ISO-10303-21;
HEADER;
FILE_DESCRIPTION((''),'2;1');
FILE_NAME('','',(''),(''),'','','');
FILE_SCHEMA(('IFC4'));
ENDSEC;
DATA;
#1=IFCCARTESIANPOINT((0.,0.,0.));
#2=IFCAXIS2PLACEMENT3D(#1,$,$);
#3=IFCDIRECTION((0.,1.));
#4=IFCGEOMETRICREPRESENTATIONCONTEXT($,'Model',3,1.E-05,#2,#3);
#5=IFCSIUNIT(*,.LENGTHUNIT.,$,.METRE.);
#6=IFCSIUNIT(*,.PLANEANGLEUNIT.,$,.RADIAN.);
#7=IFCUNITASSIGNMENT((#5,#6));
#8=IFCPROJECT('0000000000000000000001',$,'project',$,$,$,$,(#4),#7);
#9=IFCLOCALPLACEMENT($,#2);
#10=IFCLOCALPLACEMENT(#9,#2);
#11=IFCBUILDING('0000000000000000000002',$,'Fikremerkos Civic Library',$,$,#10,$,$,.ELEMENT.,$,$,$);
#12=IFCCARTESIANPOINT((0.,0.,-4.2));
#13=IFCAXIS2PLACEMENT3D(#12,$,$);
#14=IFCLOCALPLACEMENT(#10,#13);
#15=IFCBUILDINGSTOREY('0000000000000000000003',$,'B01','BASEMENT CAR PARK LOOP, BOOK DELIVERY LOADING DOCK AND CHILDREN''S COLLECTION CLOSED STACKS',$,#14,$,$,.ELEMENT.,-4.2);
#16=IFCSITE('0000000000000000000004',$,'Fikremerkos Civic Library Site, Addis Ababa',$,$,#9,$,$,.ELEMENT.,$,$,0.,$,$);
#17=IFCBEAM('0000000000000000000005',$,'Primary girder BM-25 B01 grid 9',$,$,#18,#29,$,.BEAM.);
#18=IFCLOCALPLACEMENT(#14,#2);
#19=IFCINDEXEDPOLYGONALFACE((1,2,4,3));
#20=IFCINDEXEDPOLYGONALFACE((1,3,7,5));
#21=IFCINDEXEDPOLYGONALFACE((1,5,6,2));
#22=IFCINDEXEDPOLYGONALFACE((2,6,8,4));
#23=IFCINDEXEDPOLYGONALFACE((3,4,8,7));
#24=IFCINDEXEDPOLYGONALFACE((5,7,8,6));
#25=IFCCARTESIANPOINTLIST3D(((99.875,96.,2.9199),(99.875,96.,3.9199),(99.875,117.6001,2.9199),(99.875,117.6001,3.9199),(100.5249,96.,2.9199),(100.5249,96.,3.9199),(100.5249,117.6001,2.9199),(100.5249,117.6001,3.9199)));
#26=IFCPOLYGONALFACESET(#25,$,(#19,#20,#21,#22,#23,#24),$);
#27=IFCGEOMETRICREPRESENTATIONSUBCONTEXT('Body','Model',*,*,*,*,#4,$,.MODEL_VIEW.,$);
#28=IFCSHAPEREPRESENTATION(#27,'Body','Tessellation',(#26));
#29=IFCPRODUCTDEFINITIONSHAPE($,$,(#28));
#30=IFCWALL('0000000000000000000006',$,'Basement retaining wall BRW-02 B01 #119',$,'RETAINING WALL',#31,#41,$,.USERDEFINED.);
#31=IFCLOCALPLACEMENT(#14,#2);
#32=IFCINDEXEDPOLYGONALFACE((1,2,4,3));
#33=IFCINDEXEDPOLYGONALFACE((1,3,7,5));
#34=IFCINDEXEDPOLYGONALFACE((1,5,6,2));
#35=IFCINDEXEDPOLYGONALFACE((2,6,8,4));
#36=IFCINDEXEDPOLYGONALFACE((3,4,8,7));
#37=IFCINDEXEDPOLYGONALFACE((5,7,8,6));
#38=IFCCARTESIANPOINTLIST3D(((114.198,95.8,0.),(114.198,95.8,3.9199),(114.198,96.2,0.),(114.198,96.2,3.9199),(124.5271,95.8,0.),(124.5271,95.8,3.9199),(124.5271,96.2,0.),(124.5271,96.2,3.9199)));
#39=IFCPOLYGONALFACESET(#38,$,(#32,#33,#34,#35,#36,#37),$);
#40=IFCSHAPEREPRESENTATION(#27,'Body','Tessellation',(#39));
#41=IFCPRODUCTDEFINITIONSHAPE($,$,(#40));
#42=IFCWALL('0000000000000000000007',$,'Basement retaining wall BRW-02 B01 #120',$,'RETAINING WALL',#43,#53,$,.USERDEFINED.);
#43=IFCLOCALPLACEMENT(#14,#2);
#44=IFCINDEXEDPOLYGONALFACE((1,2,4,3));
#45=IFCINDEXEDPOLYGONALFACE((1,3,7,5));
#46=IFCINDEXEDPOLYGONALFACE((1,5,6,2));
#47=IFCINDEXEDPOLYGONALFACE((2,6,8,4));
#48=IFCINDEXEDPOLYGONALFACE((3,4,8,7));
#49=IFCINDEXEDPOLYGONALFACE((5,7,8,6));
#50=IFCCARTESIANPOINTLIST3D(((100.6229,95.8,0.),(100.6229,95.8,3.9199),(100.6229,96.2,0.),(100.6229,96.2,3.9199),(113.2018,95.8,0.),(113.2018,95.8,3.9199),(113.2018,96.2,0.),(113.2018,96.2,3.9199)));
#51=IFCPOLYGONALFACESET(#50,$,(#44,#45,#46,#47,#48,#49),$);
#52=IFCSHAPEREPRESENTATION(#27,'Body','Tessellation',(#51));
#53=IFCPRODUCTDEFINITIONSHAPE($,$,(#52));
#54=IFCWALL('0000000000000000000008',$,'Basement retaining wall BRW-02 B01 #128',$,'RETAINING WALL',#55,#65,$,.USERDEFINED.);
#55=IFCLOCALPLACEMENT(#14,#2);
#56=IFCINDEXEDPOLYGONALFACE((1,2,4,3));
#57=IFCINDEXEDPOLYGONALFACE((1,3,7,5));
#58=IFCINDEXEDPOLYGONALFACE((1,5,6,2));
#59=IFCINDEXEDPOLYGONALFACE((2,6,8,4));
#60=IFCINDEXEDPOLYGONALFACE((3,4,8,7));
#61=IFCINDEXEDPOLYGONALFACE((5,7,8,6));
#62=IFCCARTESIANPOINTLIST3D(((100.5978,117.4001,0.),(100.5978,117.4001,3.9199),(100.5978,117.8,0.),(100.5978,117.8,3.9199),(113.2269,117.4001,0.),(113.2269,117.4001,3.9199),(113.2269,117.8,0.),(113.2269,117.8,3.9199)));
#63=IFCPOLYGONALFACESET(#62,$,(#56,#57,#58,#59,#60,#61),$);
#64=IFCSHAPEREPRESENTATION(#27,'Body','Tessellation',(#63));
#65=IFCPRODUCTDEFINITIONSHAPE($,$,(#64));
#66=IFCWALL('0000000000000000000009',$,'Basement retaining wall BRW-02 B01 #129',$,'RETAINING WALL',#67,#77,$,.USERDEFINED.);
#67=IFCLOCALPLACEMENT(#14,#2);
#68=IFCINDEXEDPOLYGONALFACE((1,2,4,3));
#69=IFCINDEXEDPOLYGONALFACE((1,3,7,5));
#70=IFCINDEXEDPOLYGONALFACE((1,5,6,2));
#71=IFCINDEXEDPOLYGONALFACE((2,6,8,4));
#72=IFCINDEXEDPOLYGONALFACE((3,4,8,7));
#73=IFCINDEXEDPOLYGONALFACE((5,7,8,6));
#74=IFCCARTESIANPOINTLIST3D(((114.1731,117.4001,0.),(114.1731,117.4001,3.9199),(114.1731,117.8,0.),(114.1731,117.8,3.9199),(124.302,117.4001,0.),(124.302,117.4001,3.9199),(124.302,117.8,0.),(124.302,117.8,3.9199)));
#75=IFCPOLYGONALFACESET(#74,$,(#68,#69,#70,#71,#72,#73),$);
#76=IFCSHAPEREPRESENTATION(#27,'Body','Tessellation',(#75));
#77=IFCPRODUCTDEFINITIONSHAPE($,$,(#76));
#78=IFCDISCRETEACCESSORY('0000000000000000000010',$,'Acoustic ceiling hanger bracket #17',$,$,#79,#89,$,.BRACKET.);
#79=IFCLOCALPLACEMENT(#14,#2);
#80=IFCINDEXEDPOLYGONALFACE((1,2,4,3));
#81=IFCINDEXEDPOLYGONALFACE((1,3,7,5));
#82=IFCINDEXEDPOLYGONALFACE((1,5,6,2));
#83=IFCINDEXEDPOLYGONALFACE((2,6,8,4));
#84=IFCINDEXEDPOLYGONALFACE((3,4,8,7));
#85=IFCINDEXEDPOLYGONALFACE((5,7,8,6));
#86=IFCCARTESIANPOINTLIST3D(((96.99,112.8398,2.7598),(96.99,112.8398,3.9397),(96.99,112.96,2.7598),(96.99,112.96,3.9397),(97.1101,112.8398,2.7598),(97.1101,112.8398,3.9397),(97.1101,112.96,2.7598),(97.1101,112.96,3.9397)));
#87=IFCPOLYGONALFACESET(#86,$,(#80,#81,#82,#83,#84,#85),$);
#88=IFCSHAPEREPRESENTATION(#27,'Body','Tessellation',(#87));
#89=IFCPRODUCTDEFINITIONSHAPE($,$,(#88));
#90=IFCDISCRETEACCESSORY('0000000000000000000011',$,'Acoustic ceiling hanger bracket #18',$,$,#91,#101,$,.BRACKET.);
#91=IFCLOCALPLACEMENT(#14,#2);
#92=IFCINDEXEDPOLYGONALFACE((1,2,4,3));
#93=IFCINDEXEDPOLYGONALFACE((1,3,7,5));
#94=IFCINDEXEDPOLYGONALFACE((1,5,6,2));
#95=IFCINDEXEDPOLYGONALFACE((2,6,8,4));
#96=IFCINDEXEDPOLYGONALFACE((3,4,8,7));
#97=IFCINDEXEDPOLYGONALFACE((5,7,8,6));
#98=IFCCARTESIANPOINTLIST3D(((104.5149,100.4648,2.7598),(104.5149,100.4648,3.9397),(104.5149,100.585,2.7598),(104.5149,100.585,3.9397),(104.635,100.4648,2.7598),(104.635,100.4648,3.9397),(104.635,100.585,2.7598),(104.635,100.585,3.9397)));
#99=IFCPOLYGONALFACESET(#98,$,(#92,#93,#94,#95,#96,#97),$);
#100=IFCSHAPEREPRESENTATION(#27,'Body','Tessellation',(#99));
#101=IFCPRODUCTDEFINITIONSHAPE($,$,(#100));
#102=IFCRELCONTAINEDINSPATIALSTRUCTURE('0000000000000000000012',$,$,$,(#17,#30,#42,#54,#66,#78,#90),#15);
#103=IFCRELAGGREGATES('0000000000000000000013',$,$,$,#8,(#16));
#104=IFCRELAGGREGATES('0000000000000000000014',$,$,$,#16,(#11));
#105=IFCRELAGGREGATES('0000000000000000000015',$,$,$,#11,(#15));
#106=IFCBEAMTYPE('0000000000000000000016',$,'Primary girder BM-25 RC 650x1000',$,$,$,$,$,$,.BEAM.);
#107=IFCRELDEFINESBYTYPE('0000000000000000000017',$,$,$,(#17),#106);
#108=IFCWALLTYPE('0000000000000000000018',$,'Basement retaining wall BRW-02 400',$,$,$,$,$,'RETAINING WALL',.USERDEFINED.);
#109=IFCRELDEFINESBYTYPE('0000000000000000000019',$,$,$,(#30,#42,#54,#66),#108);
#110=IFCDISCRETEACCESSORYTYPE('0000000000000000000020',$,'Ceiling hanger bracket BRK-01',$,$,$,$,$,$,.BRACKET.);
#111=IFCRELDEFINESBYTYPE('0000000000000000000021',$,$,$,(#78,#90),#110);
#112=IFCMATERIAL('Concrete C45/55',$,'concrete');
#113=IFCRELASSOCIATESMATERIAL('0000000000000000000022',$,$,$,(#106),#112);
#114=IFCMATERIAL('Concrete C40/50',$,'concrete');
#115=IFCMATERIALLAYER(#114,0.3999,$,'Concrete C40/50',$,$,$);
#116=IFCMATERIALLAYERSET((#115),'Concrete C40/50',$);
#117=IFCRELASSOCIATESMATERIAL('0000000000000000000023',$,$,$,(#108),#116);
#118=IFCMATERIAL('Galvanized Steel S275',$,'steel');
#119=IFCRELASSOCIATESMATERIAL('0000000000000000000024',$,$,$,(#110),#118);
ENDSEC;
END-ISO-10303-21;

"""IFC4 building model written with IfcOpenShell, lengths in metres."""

from ifc_helpers import new_model, si_unit, direction, frame, frame_2d, origin, origin_2d, place, context, subcontext, project, spatial, rectangle, extrude, material, layer, layer_set, material_profile, profile_set, type_object, element, save


model = new_model("IFC4")

# Units and contexts
model_context = context("Model", 3, precision=1e-05, world=origin(), true_north=direction((0.0, 1.0)))
body_context = subcontext(model_context, "Body", "Model", "MODEL_VIEW")
ifc_project = project(units=[si_unit("LENGTHUNIT", "METRE"), si_unit("PLANEANGLEUNIT", "RADIAN")], contexts=[model_context])

# Site, building, storey
site_placement = place(None, origin())
site = spatial("IfcSite", under=ifc_project, at=site_placement, Name="Fikremerkos Civic Library Site, Addis Ababa", CompositionType="ELEMENT", RefElevation=0.0)
building_placement = place(site_placement, origin())
building = spatial("IfcBuilding", under=site, at=building_placement, Name="Fikremerkos Civic Library", CompositionType="ELEMENT")
storey_placement = place(building_placement, frame((0.0, 0.0, -4.2)))
storey = spatial("IfcBuildingStorey", under=building, at=storey_placement, Name="B01", Description="BASEMENT CAR PARK LOOP, BOOK DELIVERY LOADING DOCK AND CHILDREN'S COLLECTION CLOSED STACKS", CompositionType="ELEMENT", Elevation=-4.2)

# Shared definitions
ifc_material_1 = material(Name="Concrete C45/55", Category="concrete")
ifc_material_2 = material(Name="Concrete C40/50", Category="concrete")

# Beam
ifc_material_profile_1 = material_profile(ifc_material_1, rectangle(XDim=0.6499, YDim=1.0, at=origin_2d()), Name="RC 650x1000")
ifc_profile_set_1 = profile_set([ifc_material_profile_1], Name="Concrete C45/55")
beam_type_1 = type_object("IfcBeamType", Name="Primary girder BM-25 RC 650x1000", PredefinedType="BEAM", material=ifc_profile_set_1)
beam_1_placement = place(storey_placement, frame((100.2, 96.0, 3.4199), z_axis=(0.0, 1.0, 0.0), x_axis=(-1.0, 0.0, 0.0)))
element("IfcBeam", 1, at=beam_1_placement, inside=storey, type_object=beam_type_1, Name="Primary girder BM-25 B01 grid 9", PredefinedType="BEAM", context=body_context, shape_type="SweptSolid", body=[
    extrude(rectangle(XDim=0.6499, YDim=1.0, at=origin_2d()), origin(), (0.0, 0.0, 1.0), 21.6001),
])

# Walls
ifc_layer = layer(ifc_material_2, 0.3999, Name="Concrete C40/50")
ifc_layer_set = layer_set([ifc_layer], Name="Concrete C40/50")
wall_type = type_object("IfcWallType", Name="Basement retaining wall BRW-02 400", ElementType="RETAINING WALL", PredefinedType="USERDEFINED", material=ifc_layer_set)
wall_1_placement = place(storey_placement, frame((124.5271, 96.0, 0.0), z_axis=(0.0, 0.0, 1.0), x_axis=(-1.0, 0.0, 0.0)))
element("IfcWall", 2, at=wall_1_placement, inside=storey, type_object=wall_type, Name="Basement retaining wall BRW-02 B01 #119", ObjectType="RETAINING WALL", PredefinedType="USERDEFINED", context=body_context, shape_type="SweptSolid", body=[
    extrude(rectangle(XDim=10.3291, YDim=0.3999, at=frame_2d((5.1646, 0.0))), origin(), (0.0, 0.0, 1.0), 3.9199),
])
wall_2_placement = place(storey_placement, frame((113.2019, 96.0, 0.0), z_axis=(0.0, 0.0, 1.0), x_axis=(-1.0, 0.0, 0.0)))
element("IfcWall", 3, at=wall_2_placement, inside=storey, type_object=wall_type, Name="Basement retaining wall BRW-02 B01 #120", ObjectType="RETAINING WALL", PredefinedType="USERDEFINED", context=body_context, shape_type="SweptSolid", body=[
    extrude(rectangle(XDim=12.5789, YDim=0.3999, at=frame_2d((6.2896, 0.0))), origin(), (0.0, 0.0, 1.0), 3.9199),
])
wall_3_placement = place(storey_placement, frame((100.5979, 117.6001, 0.0), z_axis=(0.0, 0.0, 1.0), x_axis=(1.0, 0.0, 0.0)))
element("IfcWall", 4, at=wall_3_placement, inside=storey, type_object=wall_type, Name="Basement retaining wall BRW-02 B01 #128", ObjectType="RETAINING WALL", PredefinedType="USERDEFINED", context=body_context, shape_type="SweptSolid", body=[
    extrude(rectangle(XDim=12.6292, YDim=0.3999, at=frame_2d((6.3145, 0.0))), origin(), (0.0, 0.0, 1.0), 3.9199),
])
wall_4_placement = place(storey_placement, frame((114.1731, 117.6001, 0.0), z_axis=(0.0, 0.0, 1.0), x_axis=(1.0, 0.0, 0.0)))
element("IfcWall", 5, at=wall_4_placement, inside=storey, type_object=wall_type, Name="Basement retaining wall BRW-02 B01 #129", ObjectType="RETAINING WALL", PredefinedType="USERDEFINED", context=body_context, shape_type="SweptSolid", body=[
    extrude(rectangle(XDim=10.1289, YDim=0.3999, at=frame_2d((5.0645, 0.0))), origin(), (0.0, 0.0, 1.0), 3.9199),
])

# Discrete accessories
ifc_material_3 = material(Name="Galvanized Steel S275", Category="steel")
discrete_accessory_type = type_object("IfcDiscreteAccessoryType", Name="Ceiling hanger bracket BRK-01", PredefinedType="BRACKET", material=ifc_material_3)
for number, where, z_axis, x_axis, name in (
    (6, (97.05, 112.8999, 2.7598), (0.0, 0.0, 1.0), (1.0, 0.0, 0.0), "Acoustic ceiling hanger bracket #17"),
    (7, (104.575, 100.5249, 2.7598), (0.0, 0.0, 1.0), (1.0, 0.0, 0.0), "Acoustic ceiling hanger bracket #18"),
):
    element("IfcDiscreteAccessory", number, at=place(storey_placement, frame(where, z_axis=z_axis, x_axis=x_axis)), inside=storey, type_object=discrete_accessory_type, Name=name, PredefinedType="BRACKET", context=body_context, shape_type="SweptSolid", body=[
        extrude(rectangle(XDim=0.1201, YDim=0.1201, at=origin_2d()), origin(), (0.0, 0.0, 1.0), 1.1799),
    ])

save(model, "model.ifc")
